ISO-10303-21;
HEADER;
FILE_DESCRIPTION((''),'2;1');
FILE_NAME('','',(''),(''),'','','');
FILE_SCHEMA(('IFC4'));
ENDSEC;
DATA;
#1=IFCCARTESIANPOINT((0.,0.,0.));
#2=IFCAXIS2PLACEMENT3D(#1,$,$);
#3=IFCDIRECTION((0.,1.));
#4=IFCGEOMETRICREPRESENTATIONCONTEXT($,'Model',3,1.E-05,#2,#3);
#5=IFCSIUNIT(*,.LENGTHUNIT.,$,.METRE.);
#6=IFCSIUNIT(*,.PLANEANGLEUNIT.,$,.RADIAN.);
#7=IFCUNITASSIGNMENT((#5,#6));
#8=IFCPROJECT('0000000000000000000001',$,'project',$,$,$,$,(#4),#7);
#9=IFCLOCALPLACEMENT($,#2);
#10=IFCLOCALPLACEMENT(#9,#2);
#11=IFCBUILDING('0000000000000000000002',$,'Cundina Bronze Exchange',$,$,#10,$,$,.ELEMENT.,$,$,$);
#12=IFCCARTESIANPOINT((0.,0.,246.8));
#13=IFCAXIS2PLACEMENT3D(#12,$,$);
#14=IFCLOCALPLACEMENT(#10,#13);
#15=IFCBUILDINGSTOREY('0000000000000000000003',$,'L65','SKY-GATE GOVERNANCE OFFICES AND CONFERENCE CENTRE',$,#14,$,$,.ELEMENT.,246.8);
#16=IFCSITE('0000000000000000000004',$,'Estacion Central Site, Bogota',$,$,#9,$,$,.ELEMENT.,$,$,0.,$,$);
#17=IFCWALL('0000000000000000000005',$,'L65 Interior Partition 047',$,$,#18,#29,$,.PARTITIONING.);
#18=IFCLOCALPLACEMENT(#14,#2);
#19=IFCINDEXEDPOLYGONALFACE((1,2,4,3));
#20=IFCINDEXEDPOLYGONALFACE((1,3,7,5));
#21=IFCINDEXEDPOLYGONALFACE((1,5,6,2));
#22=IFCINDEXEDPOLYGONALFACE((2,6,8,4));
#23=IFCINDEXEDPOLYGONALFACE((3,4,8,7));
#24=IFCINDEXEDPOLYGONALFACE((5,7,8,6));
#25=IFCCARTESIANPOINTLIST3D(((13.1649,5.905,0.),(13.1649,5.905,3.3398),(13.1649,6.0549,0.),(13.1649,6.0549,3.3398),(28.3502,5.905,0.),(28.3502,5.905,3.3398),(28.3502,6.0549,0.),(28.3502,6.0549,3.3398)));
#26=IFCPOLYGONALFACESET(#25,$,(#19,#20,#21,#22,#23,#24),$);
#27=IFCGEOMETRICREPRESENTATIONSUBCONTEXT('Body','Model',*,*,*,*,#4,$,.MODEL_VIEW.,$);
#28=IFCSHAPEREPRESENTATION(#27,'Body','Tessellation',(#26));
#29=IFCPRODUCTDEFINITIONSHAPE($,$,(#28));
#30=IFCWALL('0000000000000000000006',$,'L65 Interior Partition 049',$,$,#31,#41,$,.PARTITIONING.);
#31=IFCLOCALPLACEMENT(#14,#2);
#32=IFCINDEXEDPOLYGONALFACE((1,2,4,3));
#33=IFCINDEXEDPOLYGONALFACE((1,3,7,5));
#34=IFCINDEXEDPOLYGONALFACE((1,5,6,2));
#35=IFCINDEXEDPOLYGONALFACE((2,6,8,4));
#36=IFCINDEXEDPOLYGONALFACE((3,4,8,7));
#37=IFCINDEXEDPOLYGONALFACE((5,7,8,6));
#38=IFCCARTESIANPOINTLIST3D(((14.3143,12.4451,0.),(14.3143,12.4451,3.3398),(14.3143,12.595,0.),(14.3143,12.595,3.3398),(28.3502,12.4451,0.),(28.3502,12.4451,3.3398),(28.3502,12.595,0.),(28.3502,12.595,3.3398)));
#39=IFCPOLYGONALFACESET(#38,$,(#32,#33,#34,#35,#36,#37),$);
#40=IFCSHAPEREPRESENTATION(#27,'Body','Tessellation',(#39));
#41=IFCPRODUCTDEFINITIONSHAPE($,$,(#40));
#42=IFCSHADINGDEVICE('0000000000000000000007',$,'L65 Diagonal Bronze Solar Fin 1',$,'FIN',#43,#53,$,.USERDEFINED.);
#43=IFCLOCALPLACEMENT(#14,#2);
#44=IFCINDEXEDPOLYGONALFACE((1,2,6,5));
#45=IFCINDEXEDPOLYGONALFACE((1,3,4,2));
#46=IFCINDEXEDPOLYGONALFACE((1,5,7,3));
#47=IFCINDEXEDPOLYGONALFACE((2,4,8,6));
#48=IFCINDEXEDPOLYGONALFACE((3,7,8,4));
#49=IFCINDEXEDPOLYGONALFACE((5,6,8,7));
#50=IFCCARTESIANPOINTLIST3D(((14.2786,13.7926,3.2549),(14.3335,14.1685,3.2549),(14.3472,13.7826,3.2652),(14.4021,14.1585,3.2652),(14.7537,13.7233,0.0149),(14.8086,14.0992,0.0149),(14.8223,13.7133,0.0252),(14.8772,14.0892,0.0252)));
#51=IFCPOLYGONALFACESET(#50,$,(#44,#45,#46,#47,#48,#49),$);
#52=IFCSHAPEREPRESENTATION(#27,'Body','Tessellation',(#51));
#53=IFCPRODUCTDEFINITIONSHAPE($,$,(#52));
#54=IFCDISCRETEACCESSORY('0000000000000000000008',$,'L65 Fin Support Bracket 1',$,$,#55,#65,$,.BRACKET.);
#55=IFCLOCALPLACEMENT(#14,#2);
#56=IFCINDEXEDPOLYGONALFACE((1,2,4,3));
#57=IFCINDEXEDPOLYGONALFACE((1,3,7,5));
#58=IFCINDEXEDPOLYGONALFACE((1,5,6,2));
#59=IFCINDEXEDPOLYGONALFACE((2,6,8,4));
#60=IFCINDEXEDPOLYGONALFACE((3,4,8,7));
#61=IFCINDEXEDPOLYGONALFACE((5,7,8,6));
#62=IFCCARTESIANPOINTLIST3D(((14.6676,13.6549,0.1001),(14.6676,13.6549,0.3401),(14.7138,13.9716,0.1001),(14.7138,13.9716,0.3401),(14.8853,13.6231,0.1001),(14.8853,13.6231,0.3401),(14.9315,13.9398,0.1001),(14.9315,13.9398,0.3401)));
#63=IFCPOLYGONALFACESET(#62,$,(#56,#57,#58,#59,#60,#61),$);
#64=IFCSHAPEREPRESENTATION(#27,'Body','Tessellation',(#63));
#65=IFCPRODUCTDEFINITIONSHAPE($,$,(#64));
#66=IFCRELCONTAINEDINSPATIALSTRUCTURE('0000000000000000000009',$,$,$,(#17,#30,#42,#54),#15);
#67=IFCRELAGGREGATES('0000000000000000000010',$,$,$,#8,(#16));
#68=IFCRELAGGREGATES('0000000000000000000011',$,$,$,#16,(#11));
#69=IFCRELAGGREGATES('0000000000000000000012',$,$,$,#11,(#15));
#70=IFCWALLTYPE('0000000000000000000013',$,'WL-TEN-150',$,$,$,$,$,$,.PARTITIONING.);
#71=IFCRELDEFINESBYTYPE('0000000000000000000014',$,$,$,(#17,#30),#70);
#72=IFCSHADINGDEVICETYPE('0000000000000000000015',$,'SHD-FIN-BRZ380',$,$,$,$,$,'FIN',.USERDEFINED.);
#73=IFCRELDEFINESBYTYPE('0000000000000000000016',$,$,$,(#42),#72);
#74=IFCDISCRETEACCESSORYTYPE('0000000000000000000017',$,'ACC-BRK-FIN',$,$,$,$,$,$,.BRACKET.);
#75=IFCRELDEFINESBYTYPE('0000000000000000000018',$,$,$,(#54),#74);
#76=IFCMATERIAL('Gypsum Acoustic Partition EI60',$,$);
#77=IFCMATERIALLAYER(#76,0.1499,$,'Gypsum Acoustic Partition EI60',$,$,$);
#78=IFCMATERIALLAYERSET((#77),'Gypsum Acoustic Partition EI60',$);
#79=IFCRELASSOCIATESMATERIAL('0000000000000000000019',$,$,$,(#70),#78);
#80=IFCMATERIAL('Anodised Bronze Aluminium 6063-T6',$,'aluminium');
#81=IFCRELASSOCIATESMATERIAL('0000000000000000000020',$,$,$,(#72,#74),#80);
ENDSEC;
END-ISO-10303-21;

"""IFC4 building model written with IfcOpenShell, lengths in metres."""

from ifc_helpers import new_model, si_unit, direction, frame, frame_2d, origin, origin_2d, place, context, subcontext, project, spatial, rectangle, extrude, material, layer, layer_set, material_profile, profile_set, type_object, element, save


model = new_model("IFC4")

# Units and contexts
model_context = context("Model", 3, precision=1e-05, world=origin(), true_north=direction((0.0, 1.0)))
body_context = subcontext(model_context, "Body", "Model", "MODEL_VIEW")
ifc_project = project(units=[si_unit("LENGTHUNIT", "METRE"), si_unit("PLANEANGLEUNIT", "RADIAN")], contexts=[model_context])

# Site, building, storey
site_placement = place(None, origin())
site = spatial("IfcSite", under=ifc_project, at=site_placement, Name="Estacion Central Site, Bogota", CompositionType="ELEMENT", RefElevation=0.0)
building_placement = place(site_placement, origin())
building = spatial("IfcBuilding", under=site, at=building_placement, Name="Cundina Bronze Exchange", CompositionType="ELEMENT")
storey_placement = place(building_placement, frame((0.0, 0.0, 246.8)))
storey = spatial("IfcBuildingStorey", under=building, at=storey_placement, Name="L65", Description="SKY-GATE GOVERNANCE OFFICES AND CONFERENCE CENTRE", CompositionType="ELEMENT", Elevation=246.8)

# Shared definitions
ifc_material_1 = material(Name="Anodised Bronze Aluminium 6063-T6", Category="aluminium")

# Walls
ifc_material_2 = material(Name="Gypsum Acoustic Partition EI60")
ifc_layer_1 = layer(ifc_material_2, 0.1499, Name="Gypsum Acoustic Partition EI60")
ifc_layer_set_1 = layer_set([ifc_layer_1], Name="Gypsum Acoustic Partition EI60")
wall_type_1 = type_object("IfcWallType", Name="WL-TEN-150", PredefinedType="PARTITIONING", material=ifc_layer_set_1)
wall_1_placement = place(storey_placement, frame((13.1648, 5.98, 0.0), z_axis=(0.0, 0.0, 1.0), x_axis=(1.0, 0.0, 0.0)))
element("IfcWall", 1, at=wall_1_placement, inside=storey, type_object=wall_type_1, Name="L65 Interior Partition 047", PredefinedType="PARTITIONING", context=body_context, shape_type="SweptSolid", body=[
    extrude(rectangle(XDim=15.1853, YDim=0.1499, at=frame_2d((7.5928, 0.0))), origin(), (0.0, 0.0, 1.0), 3.3398),
])
wall_2_placement = place(storey_placement, frame((14.3142, 12.52, 0.0), z_axis=(0.0, 0.0, 1.0), x_axis=(1.0, 0.0, 0.0)))
element("IfcWall", 2, at=wall_2_placement, inside=storey, type_object=wall_type_1, Name="L65 Interior Partition 049", PredefinedType="PARTITIONING", context=body_context, shape_type="SweptSolid", body=[
    extrude(rectangle(XDim=14.0359, YDim=0.1499, at=frame_2d((7.0181, 0.0))), origin(), (0.0, 0.0, 1.0), 3.3398),
])

# Shading device
ifc_material_profile_1 = material_profile(ifc_material_1, rectangle(XDim=0.0701, YDim=0.3799, at=origin_2d()), Name="FIN70X380", Category="aluminium")
ifc_profile_set_1 = profile_set([ifc_material_profile_1], Name="Anodised Bronze Aluminium 6063-T6")
shading_device_type = type_object("IfcShadingDeviceType", Name="SHD-FIN-BRZ380", ElementType="FIN", PredefinedType="USERDEFINED", material=ifc_profile_set_1)
shading_device_placement = place(storey_placement, frame((14.8154, 13.9062, 0.02), z_axis=(-0.145052, 0.021169, 0.989198), x_axis=(0.978829, -0.142851, 0.146588)))
element("IfcShadingDevice", 3, at=shading_device_placement, inside=storey, type_object=shading_device_type, Name="L65 Diagonal Bronze Solar Fin 1", ObjectType="FIN", PredefinedType="USERDEFINED", context=body_context, shape_type="SweptSolid", body=[
    extrude(rectangle(XDim=0.0701, YDim=0.3799, at=origin_2d()), origin(), (0.0, 0.0, 1.0), 3.2754),
])

# Discrete accessory
discrete_accessory_type = type_object("IfcDiscreteAccessoryType", Name="ACC-BRK-FIN", PredefinedType="BRACKET", material=ifc_material_1)
discrete_accessory_placement = place(storey_placement, frame((14.7996, 13.7974, 0.1001), z_axis=(0.0, 0.0, 1.0), x_axis=(-0.989528, 0.144339, 0.0)))
element("IfcDiscreteAccessory", 4, at=discrete_accessory_placement, inside=storey, type_object=discrete_accessory_type, Name="L65 Fin Support Bracket 1", PredefinedType="BRACKET", context=body_context, shape_type="SweptSolid", body=[
    extrude(rectangle(XDim=0.22, YDim=0.3201, at=origin_2d()), origin(), (0.0, 0.0, 1.0), 0.24),
])

save(model, "model.ifc")
